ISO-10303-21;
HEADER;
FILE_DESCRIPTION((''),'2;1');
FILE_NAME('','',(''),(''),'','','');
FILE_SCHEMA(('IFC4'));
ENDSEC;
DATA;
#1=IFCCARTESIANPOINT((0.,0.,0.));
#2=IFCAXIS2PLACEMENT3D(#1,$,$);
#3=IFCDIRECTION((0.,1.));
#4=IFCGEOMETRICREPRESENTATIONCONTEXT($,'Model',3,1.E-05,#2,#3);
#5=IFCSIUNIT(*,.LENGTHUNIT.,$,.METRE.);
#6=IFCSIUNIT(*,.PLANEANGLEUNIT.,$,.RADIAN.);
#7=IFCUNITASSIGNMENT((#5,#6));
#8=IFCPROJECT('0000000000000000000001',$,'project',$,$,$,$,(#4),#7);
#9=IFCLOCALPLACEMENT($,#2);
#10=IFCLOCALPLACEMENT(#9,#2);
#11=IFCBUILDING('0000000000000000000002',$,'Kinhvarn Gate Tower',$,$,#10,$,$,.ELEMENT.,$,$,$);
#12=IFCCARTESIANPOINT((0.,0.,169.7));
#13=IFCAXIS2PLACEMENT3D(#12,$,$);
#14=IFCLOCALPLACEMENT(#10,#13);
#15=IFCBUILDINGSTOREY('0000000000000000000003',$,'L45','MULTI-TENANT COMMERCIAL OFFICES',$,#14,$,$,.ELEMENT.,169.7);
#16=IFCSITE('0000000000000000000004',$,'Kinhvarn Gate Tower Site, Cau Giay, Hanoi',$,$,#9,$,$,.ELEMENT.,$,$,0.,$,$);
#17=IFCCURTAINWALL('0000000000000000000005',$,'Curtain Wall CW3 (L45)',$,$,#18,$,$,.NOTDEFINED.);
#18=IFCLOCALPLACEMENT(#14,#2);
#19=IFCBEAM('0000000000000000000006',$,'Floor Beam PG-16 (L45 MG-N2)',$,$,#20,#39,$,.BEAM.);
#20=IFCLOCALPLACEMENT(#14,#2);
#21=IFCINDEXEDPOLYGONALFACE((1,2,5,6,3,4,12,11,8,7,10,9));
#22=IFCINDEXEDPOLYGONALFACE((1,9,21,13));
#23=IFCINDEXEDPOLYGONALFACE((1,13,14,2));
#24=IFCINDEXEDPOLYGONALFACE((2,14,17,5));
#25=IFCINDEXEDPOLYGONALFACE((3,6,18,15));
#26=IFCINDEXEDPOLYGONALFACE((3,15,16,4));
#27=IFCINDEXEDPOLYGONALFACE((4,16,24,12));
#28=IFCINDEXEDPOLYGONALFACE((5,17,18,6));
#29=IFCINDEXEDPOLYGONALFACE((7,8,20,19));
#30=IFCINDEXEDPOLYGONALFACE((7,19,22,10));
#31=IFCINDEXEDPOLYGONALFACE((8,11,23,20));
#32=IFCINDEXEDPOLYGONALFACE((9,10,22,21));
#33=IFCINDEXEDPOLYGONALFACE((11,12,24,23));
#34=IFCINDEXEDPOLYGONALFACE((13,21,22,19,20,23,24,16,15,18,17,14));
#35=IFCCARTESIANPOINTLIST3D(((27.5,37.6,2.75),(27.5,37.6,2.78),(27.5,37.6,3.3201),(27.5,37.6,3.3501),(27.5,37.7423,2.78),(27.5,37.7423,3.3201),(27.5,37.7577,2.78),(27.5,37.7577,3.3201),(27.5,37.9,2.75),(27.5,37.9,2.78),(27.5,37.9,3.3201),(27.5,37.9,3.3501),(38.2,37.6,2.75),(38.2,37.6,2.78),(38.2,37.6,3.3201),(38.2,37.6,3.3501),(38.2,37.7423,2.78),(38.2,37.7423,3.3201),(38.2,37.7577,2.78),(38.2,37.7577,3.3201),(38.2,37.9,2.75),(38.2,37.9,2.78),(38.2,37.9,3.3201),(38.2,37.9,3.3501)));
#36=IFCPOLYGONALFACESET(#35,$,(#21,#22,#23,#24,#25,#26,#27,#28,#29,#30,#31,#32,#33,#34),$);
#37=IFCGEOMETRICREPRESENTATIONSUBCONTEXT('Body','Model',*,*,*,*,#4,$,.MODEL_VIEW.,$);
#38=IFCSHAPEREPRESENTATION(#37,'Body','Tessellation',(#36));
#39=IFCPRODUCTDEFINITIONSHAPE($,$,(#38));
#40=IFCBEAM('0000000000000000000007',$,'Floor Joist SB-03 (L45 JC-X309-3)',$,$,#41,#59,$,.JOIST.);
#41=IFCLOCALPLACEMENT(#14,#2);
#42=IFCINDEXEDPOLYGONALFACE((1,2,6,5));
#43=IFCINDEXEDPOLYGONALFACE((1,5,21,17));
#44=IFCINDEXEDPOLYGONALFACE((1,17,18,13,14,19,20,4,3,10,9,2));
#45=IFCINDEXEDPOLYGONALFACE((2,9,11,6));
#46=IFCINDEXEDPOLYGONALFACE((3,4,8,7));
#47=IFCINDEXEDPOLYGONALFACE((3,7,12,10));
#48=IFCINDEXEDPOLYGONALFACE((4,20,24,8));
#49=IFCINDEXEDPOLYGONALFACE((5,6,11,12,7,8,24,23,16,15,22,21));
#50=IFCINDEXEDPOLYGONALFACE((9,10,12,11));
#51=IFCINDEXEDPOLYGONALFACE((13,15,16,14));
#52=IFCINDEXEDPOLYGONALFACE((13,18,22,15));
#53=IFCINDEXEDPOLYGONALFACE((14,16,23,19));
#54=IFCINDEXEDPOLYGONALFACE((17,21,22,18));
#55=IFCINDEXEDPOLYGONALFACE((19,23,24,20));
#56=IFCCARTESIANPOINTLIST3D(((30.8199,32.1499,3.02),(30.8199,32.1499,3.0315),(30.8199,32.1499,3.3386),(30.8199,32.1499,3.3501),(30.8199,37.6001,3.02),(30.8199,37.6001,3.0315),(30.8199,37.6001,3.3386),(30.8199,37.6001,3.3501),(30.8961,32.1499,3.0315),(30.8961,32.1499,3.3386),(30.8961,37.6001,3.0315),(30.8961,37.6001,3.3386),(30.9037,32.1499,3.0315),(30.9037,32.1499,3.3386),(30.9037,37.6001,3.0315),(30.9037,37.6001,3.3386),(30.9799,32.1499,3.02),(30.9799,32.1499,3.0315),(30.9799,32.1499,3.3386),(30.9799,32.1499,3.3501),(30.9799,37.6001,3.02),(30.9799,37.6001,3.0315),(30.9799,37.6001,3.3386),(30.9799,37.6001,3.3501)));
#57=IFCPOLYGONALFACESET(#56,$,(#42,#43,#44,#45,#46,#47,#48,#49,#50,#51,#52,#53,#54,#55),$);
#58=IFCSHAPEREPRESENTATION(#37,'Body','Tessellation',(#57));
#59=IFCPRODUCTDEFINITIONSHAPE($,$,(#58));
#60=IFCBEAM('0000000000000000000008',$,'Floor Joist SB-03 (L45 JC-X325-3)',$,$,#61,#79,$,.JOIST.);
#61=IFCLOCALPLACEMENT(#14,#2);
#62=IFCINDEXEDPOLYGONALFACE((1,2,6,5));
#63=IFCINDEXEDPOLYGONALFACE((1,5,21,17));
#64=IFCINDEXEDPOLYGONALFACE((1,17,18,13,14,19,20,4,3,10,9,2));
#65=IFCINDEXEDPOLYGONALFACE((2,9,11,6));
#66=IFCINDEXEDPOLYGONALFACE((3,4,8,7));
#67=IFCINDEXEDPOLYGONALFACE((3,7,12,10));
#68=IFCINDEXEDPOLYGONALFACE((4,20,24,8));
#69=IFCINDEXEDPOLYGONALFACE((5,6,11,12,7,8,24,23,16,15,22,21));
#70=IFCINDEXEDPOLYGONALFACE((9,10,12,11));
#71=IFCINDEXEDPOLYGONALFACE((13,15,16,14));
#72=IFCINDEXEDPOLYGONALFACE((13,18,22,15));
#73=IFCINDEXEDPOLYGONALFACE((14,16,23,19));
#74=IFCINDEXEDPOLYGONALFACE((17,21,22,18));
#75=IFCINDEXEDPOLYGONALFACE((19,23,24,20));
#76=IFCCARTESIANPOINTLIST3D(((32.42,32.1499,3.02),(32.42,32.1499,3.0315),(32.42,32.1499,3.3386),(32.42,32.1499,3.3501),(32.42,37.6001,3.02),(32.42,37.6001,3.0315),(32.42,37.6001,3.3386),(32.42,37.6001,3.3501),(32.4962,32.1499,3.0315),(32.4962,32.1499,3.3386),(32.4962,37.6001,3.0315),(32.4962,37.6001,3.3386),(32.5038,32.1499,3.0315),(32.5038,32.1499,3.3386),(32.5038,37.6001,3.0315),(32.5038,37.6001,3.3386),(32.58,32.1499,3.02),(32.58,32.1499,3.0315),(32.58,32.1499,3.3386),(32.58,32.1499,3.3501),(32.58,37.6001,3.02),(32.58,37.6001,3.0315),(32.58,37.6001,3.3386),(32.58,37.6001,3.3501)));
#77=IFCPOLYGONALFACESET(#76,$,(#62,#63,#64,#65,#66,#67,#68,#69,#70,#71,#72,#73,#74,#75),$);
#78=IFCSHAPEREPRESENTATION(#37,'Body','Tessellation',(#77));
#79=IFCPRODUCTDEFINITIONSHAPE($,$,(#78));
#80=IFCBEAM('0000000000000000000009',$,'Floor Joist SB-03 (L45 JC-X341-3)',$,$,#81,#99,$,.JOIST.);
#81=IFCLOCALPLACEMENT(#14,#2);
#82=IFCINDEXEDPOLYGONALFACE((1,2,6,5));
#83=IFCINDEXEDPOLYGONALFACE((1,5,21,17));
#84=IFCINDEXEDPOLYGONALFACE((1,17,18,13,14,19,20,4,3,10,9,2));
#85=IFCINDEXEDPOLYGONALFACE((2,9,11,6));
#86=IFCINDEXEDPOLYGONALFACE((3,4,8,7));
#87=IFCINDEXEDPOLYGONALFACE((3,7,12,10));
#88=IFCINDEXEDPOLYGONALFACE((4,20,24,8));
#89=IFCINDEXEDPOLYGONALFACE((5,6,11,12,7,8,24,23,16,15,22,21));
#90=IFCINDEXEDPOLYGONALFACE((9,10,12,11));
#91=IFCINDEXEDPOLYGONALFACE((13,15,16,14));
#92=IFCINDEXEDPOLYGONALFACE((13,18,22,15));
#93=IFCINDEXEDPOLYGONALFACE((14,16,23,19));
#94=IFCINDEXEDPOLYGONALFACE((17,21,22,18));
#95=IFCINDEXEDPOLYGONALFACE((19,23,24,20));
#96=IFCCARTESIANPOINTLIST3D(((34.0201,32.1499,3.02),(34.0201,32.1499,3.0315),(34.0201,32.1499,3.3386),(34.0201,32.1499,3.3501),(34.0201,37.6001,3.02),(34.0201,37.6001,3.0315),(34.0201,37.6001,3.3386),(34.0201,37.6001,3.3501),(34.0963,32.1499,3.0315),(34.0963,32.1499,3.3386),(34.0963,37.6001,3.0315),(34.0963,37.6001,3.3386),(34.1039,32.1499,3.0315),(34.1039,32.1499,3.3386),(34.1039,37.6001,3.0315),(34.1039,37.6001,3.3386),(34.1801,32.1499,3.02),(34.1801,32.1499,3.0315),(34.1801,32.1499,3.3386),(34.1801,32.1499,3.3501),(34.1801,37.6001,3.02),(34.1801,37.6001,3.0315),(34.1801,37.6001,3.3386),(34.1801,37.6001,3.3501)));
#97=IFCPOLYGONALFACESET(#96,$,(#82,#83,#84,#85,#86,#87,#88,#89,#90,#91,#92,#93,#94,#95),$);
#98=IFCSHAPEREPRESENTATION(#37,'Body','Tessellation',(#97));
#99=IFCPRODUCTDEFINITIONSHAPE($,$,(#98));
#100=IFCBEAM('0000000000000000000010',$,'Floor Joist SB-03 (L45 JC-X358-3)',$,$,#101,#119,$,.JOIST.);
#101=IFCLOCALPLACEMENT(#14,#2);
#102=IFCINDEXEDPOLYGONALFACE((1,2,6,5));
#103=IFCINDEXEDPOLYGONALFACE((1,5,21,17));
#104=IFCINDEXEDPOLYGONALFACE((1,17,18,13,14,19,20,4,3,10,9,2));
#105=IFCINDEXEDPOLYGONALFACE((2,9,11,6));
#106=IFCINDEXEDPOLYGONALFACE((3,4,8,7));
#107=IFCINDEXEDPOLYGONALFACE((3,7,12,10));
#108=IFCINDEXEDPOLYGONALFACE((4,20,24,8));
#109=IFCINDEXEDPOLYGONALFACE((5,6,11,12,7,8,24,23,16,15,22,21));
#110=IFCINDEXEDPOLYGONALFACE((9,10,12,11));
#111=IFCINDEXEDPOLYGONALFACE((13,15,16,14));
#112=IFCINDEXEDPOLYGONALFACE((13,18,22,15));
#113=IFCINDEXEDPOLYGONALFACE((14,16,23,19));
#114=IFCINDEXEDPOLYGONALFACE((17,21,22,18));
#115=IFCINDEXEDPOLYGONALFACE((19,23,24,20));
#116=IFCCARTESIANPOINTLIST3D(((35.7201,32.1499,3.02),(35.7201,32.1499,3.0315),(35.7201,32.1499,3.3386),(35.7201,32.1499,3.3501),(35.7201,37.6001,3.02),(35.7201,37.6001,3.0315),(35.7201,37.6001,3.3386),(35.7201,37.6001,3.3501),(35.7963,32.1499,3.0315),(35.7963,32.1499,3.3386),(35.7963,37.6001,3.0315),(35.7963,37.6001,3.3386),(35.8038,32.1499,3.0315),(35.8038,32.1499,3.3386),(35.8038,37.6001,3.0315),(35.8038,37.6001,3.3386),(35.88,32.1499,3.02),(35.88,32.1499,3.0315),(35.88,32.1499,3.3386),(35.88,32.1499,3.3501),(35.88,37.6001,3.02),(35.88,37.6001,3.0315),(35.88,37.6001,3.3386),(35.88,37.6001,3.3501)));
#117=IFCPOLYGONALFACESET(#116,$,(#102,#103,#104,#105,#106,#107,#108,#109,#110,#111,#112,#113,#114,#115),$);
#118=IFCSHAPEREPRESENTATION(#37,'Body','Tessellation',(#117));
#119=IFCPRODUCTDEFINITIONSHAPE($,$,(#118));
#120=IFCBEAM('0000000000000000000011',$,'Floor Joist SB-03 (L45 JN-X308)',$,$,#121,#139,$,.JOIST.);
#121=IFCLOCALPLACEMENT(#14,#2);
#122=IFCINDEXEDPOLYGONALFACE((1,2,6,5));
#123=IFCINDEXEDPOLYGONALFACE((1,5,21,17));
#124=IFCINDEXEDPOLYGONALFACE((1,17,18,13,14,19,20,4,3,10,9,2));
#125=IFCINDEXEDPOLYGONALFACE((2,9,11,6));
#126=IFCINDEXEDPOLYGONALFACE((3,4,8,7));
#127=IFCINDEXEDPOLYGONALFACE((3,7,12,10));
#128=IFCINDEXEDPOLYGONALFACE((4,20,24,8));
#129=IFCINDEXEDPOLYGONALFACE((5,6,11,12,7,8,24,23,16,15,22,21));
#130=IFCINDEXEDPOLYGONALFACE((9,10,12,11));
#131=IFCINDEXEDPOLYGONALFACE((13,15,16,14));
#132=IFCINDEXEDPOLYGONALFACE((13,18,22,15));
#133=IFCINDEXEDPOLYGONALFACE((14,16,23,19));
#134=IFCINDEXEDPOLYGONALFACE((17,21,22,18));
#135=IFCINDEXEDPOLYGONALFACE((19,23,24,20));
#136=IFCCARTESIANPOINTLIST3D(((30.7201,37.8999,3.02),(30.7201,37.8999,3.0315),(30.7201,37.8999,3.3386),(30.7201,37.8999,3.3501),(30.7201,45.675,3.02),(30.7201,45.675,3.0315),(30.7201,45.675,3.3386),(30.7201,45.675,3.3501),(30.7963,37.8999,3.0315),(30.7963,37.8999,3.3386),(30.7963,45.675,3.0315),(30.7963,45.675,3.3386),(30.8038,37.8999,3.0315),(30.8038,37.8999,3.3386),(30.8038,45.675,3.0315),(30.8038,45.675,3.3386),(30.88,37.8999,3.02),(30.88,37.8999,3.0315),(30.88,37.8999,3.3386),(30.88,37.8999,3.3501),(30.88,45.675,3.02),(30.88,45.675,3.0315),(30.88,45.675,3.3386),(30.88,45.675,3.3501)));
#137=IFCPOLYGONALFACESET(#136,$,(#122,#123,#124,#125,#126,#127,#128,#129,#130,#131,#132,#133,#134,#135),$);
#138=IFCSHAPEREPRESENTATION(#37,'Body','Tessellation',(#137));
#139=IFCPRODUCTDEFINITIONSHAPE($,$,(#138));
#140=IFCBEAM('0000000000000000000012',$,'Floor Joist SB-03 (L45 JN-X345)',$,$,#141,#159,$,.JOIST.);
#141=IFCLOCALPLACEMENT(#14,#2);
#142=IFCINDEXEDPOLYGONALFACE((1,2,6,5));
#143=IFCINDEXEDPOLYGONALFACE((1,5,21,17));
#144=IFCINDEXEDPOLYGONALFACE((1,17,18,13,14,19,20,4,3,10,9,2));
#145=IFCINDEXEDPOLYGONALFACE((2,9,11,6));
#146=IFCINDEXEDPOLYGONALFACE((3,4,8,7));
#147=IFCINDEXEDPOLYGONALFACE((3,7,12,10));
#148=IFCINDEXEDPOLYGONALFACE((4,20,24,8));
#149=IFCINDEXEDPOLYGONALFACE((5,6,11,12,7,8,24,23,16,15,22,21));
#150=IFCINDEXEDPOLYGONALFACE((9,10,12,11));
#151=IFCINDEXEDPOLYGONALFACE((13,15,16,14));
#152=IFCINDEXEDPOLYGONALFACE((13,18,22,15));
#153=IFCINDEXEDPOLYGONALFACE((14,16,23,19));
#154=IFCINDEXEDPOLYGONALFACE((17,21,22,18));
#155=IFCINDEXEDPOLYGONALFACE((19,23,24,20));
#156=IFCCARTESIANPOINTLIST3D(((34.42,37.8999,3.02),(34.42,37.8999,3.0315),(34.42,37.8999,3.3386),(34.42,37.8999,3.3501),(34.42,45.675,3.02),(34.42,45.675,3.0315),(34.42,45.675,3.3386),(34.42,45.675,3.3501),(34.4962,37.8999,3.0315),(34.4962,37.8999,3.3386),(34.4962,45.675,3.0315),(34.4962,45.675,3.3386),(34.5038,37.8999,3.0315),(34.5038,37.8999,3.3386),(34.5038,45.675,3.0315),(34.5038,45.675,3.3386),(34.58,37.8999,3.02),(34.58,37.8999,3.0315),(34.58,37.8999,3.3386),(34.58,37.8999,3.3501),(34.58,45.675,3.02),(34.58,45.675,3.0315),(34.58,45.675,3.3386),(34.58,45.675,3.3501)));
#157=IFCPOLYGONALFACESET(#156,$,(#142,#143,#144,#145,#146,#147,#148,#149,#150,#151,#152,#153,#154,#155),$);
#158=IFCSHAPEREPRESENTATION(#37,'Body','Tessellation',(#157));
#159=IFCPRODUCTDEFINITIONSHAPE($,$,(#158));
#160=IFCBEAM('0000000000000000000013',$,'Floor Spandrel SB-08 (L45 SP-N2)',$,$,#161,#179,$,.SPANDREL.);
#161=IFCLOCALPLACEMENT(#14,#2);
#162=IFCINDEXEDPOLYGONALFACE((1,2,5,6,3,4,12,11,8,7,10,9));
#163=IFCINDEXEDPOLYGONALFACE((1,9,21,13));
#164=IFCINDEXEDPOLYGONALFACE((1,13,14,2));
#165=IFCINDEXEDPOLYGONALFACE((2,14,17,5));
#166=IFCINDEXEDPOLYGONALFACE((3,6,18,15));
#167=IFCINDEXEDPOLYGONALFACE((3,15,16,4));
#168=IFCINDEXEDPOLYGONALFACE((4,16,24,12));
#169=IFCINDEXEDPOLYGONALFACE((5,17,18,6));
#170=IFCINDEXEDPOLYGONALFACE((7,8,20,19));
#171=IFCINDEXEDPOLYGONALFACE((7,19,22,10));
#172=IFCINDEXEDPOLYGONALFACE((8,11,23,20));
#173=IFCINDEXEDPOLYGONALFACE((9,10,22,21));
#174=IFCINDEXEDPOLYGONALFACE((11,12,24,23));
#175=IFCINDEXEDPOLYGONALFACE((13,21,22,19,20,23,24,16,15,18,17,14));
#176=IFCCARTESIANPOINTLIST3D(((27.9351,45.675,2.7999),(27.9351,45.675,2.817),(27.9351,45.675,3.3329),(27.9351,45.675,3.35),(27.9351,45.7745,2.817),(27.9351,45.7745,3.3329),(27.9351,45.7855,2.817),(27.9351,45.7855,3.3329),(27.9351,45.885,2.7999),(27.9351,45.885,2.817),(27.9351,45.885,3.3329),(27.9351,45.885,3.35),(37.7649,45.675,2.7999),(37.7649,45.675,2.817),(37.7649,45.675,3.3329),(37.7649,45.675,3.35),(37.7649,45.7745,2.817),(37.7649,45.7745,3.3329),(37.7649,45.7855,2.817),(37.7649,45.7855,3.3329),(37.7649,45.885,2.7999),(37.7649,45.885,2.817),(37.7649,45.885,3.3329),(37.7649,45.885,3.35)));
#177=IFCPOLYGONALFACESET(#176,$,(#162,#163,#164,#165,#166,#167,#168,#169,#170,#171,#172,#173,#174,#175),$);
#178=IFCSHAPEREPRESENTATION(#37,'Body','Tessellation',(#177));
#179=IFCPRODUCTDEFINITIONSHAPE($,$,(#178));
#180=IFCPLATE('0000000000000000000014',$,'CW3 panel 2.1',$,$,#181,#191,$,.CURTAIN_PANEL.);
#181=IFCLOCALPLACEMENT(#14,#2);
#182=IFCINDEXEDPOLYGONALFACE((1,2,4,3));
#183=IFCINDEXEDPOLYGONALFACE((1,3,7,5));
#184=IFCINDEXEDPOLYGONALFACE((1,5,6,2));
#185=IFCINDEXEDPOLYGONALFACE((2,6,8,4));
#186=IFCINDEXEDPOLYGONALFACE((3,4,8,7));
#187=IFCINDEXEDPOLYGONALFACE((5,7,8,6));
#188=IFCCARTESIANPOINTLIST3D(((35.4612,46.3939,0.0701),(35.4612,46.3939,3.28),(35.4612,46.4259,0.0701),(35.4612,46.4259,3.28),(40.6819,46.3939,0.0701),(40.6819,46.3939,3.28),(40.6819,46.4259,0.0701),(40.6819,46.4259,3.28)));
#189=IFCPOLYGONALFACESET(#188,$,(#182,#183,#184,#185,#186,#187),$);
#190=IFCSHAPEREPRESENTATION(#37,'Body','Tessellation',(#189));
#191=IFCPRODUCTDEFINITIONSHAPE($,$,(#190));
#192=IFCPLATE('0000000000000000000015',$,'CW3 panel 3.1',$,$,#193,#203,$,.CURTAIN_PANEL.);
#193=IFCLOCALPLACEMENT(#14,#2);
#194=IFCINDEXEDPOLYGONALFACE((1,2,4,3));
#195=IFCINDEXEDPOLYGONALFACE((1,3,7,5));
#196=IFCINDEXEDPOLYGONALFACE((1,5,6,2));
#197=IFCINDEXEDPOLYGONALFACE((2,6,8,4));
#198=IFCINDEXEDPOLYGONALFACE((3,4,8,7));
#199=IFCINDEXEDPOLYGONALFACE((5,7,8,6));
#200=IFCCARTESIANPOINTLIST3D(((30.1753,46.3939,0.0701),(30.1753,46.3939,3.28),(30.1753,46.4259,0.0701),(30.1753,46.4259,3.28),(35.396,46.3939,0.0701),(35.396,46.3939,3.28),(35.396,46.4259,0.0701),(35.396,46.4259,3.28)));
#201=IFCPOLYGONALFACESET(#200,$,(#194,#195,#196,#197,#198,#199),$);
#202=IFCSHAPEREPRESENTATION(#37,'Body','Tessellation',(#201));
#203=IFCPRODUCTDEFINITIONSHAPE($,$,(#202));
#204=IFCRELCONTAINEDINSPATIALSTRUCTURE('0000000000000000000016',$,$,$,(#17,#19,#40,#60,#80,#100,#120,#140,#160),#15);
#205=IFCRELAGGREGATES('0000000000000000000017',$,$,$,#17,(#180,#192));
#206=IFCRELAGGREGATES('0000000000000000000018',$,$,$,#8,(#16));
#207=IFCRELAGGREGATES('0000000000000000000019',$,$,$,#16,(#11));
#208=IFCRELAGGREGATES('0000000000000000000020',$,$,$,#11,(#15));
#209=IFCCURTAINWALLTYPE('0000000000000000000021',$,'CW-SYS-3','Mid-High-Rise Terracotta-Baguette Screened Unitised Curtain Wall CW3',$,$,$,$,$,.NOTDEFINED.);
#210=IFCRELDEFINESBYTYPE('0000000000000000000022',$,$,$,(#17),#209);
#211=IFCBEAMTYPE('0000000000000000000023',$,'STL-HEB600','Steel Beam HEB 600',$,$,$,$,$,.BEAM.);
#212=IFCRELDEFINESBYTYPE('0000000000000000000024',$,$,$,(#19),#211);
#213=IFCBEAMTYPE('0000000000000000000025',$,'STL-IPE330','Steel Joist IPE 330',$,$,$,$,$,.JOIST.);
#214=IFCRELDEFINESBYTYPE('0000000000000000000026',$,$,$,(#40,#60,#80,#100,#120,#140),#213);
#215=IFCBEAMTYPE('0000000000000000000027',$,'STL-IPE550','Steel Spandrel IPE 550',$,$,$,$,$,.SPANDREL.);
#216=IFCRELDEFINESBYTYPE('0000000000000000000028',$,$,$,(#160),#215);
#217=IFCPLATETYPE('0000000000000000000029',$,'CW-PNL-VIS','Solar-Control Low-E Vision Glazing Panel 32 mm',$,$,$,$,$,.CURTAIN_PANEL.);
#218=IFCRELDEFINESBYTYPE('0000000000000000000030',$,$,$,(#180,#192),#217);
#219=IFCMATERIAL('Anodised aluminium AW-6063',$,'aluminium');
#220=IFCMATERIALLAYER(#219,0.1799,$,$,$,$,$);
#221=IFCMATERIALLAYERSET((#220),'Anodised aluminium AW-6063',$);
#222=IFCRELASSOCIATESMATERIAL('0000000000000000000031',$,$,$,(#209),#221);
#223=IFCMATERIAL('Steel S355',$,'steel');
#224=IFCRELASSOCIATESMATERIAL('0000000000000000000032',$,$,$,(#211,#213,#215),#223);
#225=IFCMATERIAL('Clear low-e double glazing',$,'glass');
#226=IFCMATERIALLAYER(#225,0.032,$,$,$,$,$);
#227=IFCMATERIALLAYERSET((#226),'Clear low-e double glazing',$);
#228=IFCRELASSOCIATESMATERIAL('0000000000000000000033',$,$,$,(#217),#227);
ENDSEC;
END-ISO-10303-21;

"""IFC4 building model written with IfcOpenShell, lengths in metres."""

from ifc_helpers import new_model, si_unit, direction, frame, origin, origin_2d, place, context, subcontext, project, spatial, rectangle, i_section, extrude, material, layer, layer_set, material_profile, profile_set, type_object, element, aggregate, save


model = new_model("IFC4")

# Units and contexts
model_context = context("Model", 3, precision=1e-05, world=origin(), true_north=direction((0.0, 1.0)))
body_context = subcontext(model_context, "Body", "Model", "MODEL_VIEW")
ifc_project = project(units=[si_unit("LENGTHUNIT", "METRE"), si_unit("PLANEANGLEUNIT", "RADIAN")], contexts=[model_context])

# Site, building, storey
site_placement = place(None, origin())
site = spatial("IfcSite", under=ifc_project, at=site_placement, Name="Kinhvarn Gate Tower Site, Cau Giay, Hanoi", CompositionType="ELEMENT", RefElevation=0.0)
building_placement = place(site_placement, origin())
building = spatial("IfcBuilding", under=site, at=building_placement, Name="Kinhvarn Gate Tower", CompositionType="ELEMENT")
storey_placement = place(building_placement, frame((0.0, 0.0, 169.7)))
storey = spatial("IfcBuildingStorey", under=building, at=storey_placement, Name="L45", Description="MULTI-TENANT COMMERCIAL OFFICES", CompositionType="ELEMENT", Elevation=169.7)

# Curtain wall
ifc_material_1 = material(Name="Anodised aluminium AW-6063", Category="aluminium")
ifc_layer_1 = layer(ifc_material_1, 0.1799)
ifc_layer_set_1 = layer_set([ifc_layer_1], Name="Anodised aluminium AW-6063")
curtain_wall_type = type_object("IfcCurtainWallType", Name="CW-SYS-3", Description="Mid-High-Rise Terracotta-Baguette Screened Unitised Curtain Wall CW3", PredefinedType="NOTDEFINED", material=ifc_layer_set_1)
curtain_wall_placement = place(storey_placement, origin())
curtain_wall = element("IfcCurtainWall", 1, at=curtain_wall_placement, inside=storey, type_object=curtain_wall_type, Name="Curtain Wall CW3 (L45)", PredefinedType="NOTDEFINED")

# Beams
ifc_material_2 = material(Name="Steel S355", Category="steel")
ifc_material_profile_1 = material_profile(ifc_material_2, i_section(OverallWidth=0.3, OverallDepth=0.6001, WebThickness=0.0154, FlangeThickness=0.03, at=origin_2d()), Name="HEB 600")
ifc_profile_set_1 = profile_set([ifc_material_profile_1], Name="Steel S355")
beam_type_1 = type_object("IfcBeamType", Name="STL-HEB600", Description="Steel Beam HEB 600", PredefinedType="BEAM", material=ifc_profile_set_1)
beam_1_placement = place(storey_placement, frame((27.5, 37.75, 3.05), z_axis=(1.0, 0.0, 0.0), x_axis=(0.0, 1.0, 0.0)))
element("IfcBeam", 2, at=beam_1_placement, inside=storey, type_object=beam_type_1, Name="Floor Beam PG-16 (L45 MG-N2)", PredefinedType="BEAM", context=body_context, shape_type="SweptSolid", body=[
    extrude(i_section(OverallWidth=0.3, OverallDepth=0.6001, WebThickness=0.0154, FlangeThickness=0.03, at=origin_2d()), origin(), (0.0, 0.0, 1.0), 10.7),
])
ifc_material_profile_2 = material_profile(ifc_material_2, i_section(OverallWidth=0.1599, OverallDepth=0.3301, WebThickness=0.0076, FlangeThickness=0.0115, at=origin_2d()), Name="IPE 330")
ifc_profile_set_2 = profile_set([ifc_material_profile_2], Name="Steel S355")
beam_type_2 = type_object("IfcBeamType", Name="STL-IPE330", Description="Steel Joist IPE 330", PredefinedType="JOIST", material=ifc_profile_set_2)
for number, where, z_axis, x_axis, name in (
    (3, (30.8999, 32.1499, 3.1851), (0.0, 1.0, 0.0), (-1.0, 0.0, 0.0), "Floor Joist SB-03 (L45 JC-X309-3)"),
    (4, (32.5, 32.1499, 3.1851), (0.0, 1.0, 0.0), (-1.0, 0.0, 0.0), "Floor Joist SB-03 (L45 JC-X325-3)"),
    (5, (34.1001, 32.1499, 3.1851), (0.0, 1.0, 0.0), (-1.0, 0.0, 0.0), "Floor Joist SB-03 (L45 JC-X341-3)"),
    (6, (35.8, 32.1499, 3.1851), (0.0, 1.0, 0.0), (-1.0, 0.0, 0.0), "Floor Joist SB-03 (L45 JC-X358-3)"),
):
    element("IfcBeam", number, at=place(storey_placement, frame(where, z_axis=z_axis, x_axis=x_axis)), inside=storey, type_object=beam_type_2, Name=name, PredefinedType="JOIST", context=body_context, shape_type="SweptSolid", body=[
        extrude(i_section(OverallWidth=0.1599, OverallDepth=0.3301, WebThickness=0.0076, FlangeThickness=0.0115, at=origin_2d()), origin(), (0.0, 0.0, 1.0), 5.4502),
    ])
for number, where, z_axis, x_axis, name in (
    (7, (30.8, 37.8999, 3.1851), (0.0, 1.0, 0.0), (-1.0, 0.0, 0.0), "Floor Joist SB-03 (L45 JN-X308)"),
    (8, (34.5, 37.8999, 3.1851), (0.0, 1.0, 0.0), (-1.0, 0.0, 0.0), "Floor Joist SB-03 (L45 JN-X345)"),
):
    element("IfcBeam", number, at=place(storey_placement, frame(where, z_axis=z_axis, x_axis=x_axis)), inside=storey, type_object=beam_type_2, Name=name, PredefinedType="JOIST", context=body_context, shape_type="SweptSolid", body=[
        extrude(i_section(OverallWidth=0.1599, OverallDepth=0.3301, WebThickness=0.0076, FlangeThickness=0.0115, at=origin_2d()), origin(), (0.0, 0.0, 1.0), 7.7751),
    ])
ifc_material_profile_3 = material_profile(ifc_material_2, i_section(OverallWidth=0.21, OverallDepth=0.55, WebThickness=0.011, FlangeThickness=0.0171, at=origin_2d()), Name="IPE 550")
ifc_profile_set_3 = profile_set([ifc_material_profile_3], Name="Steel S355")
beam_type_3 = type_object("IfcBeamType", Name="STL-IPE550", Description="Steel Spandrel IPE 550", PredefinedType="SPANDREL", material=ifc_profile_set_3)
beam_2_placement = place(storey_placement, frame((27.9351, 45.78, 3.075), z_axis=(1.0, 0.0, 0.0), x_axis=(0.0, 1.0, 0.0)))
element("IfcBeam", 9, at=beam_2_placement, inside=storey, type_object=beam_type_3, Name="Floor Spandrel SB-08 (L45 SP-N2)", PredefinedType="SPANDREL", context=body_context, shape_type="SweptSolid", body=[
    extrude(i_section(OverallWidth=0.21, OverallDepth=0.55, WebThickness=0.011, FlangeThickness=0.0171, at=origin_2d()), origin(), (0.0, 0.0, 1.0), 9.8298),
])

# Plates
ifc_material_3 = material(Name="Clear low-e double glazing", Category="glass")
ifc_layer_2 = layer(ifc_material_3, 0.032)
ifc_layer_set_2 = layer_set([ifc_layer_2], Name="Clear low-e double glazing")
plate_type = type_object("IfcPlateType", Name="CW-PNL-VIS", Description="Solar-Control Low-E Vision Glazing Panel 32 mm", PredefinedType="CURTAIN_PANEL", material=ifc_layer_set_2)
plate_1_placement = place(storey_placement, frame((38.0715, 46.4099, 0.0701), z_axis=(0.0, 0.0, 1.0), x_axis=(-1.0, 0.0, 0.0)))
plate_1 = element("IfcPlate", 10, at=plate_1_placement, type_object=plate_type, Name="CW3 panel 2.1", PredefinedType="CURTAIN_PANEL", context=body_context, shape_type="SweptSolid", body=[
    extrude(rectangle(XDim=5.2207, YDim=0.032, at=origin_2d()), origin(), (0.0, 0.0, 1.0), 3.21),
])
plate_2_placement = place(storey_placement, frame((32.7856, 46.4099, 0.0701), z_axis=(0.0, 0.0, 1.0), x_axis=(-1.0, 0.0, 0.0)))
plate_2 = element("IfcPlate", 11, at=plate_2_placement, type_object=plate_type, Name="CW3 panel 3.1", PredefinedType="CURTAIN_PANEL", context=body_context, shape_type="SweptSolid", body=[
    extrude(rectangle(XDim=5.2207, YDim=0.032, at=origin_2d()), origin(), (0.0, 0.0, 1.0), 3.21),
])
aggregate(curtain_wall, [plate_1, plate_2])

save(model, "model.ifc")
